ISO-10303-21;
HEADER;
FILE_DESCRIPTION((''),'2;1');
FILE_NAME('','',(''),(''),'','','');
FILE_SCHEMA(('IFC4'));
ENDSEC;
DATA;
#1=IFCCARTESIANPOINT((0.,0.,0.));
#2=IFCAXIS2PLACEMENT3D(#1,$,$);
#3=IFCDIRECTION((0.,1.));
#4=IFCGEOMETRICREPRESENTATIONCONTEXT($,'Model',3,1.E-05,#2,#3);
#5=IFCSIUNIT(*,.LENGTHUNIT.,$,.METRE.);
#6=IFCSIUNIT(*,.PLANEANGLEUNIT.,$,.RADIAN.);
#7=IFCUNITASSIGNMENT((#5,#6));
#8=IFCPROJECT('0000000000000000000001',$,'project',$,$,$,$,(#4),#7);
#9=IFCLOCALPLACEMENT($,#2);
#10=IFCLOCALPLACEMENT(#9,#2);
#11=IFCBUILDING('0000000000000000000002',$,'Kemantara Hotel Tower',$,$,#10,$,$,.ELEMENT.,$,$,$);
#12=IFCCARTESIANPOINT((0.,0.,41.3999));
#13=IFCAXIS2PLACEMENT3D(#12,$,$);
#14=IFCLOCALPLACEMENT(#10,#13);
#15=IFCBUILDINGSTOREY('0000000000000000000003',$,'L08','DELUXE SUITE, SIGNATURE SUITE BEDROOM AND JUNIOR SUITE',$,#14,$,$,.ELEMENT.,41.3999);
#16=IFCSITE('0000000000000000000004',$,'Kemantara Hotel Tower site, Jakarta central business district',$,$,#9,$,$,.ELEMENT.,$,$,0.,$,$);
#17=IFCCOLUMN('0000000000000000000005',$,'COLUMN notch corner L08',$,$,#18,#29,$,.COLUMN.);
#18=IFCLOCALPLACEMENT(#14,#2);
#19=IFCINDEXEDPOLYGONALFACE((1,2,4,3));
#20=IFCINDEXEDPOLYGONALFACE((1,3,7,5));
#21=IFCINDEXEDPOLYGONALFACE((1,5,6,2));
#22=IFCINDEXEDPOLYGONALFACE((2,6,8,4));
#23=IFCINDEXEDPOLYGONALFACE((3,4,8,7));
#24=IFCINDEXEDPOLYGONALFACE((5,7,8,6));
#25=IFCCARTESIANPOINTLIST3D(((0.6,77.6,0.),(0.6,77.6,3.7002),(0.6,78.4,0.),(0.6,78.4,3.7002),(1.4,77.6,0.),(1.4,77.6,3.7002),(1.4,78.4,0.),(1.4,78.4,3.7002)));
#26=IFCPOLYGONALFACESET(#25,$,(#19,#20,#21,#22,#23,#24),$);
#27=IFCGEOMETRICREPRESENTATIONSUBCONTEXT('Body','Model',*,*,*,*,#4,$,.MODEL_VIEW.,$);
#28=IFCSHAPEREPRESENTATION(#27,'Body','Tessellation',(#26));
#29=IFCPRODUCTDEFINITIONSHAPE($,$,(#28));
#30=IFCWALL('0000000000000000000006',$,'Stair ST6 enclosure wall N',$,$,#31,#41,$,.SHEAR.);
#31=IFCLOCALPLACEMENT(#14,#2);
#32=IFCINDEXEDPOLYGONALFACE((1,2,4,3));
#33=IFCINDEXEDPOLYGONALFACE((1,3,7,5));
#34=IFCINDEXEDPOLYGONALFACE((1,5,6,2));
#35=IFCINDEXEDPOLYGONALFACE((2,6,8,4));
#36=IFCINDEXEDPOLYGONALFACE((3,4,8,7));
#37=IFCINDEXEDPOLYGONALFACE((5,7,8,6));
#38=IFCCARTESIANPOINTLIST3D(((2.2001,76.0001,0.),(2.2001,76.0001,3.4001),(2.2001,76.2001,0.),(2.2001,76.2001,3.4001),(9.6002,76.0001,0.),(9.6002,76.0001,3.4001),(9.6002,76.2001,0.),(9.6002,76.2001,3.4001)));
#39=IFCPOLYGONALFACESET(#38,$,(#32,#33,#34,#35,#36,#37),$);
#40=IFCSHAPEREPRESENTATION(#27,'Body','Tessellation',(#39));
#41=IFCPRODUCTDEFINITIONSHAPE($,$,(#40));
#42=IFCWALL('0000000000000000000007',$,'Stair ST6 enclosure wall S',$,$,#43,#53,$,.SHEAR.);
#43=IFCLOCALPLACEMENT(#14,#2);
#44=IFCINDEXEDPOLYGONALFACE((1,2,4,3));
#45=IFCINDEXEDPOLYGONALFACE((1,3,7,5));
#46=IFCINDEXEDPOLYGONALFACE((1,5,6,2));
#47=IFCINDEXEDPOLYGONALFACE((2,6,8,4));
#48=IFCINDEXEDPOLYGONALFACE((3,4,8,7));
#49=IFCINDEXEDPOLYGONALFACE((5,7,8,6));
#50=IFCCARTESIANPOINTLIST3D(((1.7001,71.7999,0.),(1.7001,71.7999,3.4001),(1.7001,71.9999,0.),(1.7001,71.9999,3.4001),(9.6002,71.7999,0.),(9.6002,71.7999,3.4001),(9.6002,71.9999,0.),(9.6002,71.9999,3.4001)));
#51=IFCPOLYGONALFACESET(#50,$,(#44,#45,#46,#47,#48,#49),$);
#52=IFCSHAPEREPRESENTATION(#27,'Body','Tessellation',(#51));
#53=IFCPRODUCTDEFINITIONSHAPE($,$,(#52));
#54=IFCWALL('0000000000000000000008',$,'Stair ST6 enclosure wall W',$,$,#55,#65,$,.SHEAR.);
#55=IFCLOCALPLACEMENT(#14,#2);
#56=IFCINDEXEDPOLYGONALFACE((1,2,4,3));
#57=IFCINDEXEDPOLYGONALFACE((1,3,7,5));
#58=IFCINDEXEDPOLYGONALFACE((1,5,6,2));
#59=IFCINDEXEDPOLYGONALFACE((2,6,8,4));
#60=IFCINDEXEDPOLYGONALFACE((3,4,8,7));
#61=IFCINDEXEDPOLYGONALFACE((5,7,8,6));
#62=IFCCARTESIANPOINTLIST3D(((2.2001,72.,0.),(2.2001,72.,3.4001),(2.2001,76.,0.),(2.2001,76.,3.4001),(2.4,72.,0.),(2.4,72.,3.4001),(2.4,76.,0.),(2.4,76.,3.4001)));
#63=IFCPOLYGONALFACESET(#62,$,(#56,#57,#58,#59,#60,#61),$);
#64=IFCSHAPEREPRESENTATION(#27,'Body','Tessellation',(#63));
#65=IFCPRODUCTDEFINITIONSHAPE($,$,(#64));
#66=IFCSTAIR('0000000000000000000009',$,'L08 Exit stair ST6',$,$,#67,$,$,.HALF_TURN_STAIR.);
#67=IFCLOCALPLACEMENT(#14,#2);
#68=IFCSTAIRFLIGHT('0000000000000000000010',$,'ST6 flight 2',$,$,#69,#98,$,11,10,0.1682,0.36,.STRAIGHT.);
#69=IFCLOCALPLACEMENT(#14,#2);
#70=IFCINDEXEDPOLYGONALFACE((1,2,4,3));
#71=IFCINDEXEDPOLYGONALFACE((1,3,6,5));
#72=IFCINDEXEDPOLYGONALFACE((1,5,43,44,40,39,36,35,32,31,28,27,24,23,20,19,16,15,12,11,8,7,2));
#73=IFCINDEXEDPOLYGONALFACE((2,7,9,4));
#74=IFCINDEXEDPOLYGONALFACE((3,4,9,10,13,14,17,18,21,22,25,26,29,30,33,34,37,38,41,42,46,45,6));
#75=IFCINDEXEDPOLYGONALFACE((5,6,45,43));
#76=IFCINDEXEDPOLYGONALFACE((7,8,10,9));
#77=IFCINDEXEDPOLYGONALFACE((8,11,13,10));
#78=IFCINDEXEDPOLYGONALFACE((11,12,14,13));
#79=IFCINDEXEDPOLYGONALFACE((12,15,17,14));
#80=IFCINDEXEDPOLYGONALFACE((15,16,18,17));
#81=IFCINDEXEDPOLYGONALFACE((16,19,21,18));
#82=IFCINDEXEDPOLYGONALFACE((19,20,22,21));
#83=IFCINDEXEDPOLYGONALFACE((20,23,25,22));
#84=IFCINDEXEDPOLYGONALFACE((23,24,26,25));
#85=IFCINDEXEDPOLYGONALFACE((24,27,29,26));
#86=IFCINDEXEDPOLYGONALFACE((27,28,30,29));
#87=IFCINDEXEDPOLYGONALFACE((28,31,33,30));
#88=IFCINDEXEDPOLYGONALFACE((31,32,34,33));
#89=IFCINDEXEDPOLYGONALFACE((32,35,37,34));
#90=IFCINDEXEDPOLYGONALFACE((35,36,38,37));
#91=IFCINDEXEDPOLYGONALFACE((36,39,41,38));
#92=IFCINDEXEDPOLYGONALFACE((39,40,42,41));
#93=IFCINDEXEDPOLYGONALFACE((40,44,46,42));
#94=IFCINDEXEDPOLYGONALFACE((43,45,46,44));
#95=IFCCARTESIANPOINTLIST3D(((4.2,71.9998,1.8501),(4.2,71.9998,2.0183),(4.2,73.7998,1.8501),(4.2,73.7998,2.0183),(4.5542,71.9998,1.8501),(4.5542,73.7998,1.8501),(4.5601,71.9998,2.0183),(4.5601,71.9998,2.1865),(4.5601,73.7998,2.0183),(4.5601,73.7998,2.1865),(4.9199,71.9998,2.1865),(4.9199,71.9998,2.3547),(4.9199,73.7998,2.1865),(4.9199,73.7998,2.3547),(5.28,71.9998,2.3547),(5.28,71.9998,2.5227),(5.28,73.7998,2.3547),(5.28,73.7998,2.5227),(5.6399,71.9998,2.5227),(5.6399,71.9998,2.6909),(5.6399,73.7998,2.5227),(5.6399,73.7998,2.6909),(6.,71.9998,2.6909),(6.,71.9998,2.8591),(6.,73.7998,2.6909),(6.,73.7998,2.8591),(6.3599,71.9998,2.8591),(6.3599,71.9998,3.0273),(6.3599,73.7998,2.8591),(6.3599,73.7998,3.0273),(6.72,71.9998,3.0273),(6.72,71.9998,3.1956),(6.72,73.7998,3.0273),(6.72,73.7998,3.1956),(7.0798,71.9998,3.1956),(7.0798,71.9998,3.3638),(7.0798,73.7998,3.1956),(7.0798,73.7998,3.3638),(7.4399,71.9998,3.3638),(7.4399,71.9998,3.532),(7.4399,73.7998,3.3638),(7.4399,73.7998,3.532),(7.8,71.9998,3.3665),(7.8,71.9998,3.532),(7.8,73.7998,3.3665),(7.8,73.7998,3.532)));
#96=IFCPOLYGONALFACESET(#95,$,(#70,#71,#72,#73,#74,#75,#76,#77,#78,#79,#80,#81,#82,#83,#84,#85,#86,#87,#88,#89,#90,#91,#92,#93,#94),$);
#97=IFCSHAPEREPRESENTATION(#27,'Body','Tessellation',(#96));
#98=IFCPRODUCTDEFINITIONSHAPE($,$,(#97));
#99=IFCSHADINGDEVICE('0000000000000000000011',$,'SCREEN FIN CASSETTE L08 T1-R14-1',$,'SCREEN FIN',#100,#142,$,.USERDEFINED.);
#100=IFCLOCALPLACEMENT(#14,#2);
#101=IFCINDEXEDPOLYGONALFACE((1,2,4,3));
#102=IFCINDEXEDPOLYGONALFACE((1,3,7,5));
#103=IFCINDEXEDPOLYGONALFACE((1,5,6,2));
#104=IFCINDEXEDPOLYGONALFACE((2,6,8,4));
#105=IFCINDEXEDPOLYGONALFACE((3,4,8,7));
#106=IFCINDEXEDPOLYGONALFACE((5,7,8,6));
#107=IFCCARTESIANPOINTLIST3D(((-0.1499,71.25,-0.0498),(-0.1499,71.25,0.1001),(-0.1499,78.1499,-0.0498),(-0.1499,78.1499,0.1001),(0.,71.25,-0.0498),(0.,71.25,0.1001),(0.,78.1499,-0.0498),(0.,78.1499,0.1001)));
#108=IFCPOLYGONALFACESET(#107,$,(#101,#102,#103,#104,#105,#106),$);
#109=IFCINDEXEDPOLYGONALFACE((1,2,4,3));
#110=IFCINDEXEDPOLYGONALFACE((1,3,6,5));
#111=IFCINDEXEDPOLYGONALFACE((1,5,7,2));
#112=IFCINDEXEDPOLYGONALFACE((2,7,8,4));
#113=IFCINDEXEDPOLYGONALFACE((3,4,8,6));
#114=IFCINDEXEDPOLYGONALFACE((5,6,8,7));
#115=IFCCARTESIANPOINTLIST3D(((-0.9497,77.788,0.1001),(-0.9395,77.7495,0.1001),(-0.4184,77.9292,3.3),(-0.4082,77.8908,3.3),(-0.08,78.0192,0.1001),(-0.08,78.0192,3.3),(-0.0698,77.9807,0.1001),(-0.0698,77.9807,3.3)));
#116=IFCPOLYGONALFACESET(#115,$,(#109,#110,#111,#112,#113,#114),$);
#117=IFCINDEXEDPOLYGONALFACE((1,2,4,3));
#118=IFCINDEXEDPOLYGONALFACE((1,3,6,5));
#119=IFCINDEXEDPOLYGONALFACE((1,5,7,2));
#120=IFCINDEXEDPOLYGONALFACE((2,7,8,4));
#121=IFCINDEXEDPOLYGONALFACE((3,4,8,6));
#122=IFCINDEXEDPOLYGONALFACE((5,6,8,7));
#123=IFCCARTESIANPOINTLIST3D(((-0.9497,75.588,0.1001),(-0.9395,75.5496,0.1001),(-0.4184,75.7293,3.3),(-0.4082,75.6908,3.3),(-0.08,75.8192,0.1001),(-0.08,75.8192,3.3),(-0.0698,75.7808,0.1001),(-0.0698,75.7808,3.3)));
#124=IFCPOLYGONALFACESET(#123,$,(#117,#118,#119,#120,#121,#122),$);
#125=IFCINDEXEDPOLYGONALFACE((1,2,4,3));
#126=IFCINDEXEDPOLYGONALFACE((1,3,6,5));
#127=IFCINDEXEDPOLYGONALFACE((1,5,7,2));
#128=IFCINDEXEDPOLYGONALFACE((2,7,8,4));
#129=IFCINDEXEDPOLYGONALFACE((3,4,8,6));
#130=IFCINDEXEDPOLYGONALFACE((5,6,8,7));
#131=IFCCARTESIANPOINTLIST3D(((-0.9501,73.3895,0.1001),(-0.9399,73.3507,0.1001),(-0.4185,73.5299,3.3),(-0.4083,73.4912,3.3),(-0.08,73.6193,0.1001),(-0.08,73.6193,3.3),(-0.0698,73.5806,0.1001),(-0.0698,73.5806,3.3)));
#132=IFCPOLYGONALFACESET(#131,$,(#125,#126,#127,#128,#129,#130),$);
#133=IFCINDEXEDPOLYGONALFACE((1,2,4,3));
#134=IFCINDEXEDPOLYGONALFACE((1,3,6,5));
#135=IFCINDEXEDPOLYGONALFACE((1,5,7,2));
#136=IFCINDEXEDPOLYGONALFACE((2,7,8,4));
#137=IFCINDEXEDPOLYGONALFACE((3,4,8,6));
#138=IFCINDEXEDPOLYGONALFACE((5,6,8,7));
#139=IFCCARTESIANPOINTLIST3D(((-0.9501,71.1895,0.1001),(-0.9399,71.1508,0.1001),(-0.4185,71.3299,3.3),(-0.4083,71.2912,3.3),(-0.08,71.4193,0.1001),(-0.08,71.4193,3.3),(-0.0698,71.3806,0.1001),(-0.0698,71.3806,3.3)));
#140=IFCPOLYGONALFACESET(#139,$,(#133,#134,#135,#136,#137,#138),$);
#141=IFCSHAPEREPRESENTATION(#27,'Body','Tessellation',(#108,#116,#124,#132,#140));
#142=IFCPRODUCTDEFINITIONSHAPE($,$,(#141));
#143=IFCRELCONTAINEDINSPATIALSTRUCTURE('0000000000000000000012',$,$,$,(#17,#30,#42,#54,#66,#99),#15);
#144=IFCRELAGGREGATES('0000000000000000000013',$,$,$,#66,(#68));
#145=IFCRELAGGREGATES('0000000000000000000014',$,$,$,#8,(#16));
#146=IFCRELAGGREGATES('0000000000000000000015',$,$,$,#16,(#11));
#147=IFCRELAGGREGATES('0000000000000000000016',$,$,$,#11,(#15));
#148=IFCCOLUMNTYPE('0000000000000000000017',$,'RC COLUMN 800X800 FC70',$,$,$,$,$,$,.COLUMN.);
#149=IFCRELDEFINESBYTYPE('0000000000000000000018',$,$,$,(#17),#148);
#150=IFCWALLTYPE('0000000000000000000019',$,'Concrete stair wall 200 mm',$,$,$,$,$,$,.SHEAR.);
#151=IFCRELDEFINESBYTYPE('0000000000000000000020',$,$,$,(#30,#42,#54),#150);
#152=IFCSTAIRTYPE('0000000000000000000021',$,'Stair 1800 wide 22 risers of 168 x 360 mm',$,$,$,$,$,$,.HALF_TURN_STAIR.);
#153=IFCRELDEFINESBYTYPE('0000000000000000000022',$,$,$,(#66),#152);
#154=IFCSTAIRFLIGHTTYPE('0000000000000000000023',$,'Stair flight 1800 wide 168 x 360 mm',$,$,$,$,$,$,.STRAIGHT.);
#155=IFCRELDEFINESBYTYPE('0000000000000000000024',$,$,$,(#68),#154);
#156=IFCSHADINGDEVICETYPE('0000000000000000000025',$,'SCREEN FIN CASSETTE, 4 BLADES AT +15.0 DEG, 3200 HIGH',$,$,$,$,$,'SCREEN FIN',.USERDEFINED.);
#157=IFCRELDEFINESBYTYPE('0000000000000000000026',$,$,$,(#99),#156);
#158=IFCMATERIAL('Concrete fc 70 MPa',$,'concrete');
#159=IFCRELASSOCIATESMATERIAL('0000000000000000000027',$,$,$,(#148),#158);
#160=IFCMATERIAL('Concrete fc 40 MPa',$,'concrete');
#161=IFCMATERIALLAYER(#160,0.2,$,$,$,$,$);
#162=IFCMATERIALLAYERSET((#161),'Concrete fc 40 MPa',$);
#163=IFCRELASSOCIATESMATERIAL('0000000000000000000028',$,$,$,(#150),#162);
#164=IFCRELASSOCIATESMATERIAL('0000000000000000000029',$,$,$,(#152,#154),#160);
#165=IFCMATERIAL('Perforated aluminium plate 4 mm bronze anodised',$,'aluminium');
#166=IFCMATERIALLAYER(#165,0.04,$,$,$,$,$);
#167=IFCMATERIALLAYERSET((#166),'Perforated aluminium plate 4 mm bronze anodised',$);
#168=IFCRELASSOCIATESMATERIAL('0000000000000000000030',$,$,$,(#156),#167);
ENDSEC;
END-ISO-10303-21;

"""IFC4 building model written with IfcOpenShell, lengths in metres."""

from ifc_helpers import new_model, si_unit, direction, frame, frame_2d, origin, origin_2d, place, context, subcontext, project, spatial, polyline, rectangle, outline, extrude, source, transform, mapped, material, layer, layer_set, material_profile, profile_set, type_object, element, aggregate, save


model = new_model("IFC4")

# Units and contexts
model_context = context("Model", 3, precision=1e-05, world=origin(), true_north=direction((0.0, 1.0)))
body_context = subcontext(model_context, "Body", "Model", "MODEL_VIEW")
ifc_project = project(units=[si_unit("LENGTHUNIT", "METRE"), si_unit("PLANEANGLEUNIT", "RADIAN")], contexts=[model_context])

# Site, building, storey
site_placement = place(None, origin())
site = spatial("IfcSite", under=ifc_project, at=site_placement, Name="Kemantara Hotel Tower site, Jakarta central business district", CompositionType="ELEMENT", RefElevation=0.0)
building_placement = place(site_placement, origin())
building = spatial("IfcBuilding", under=site, at=building_placement, Name="Kemantara Hotel Tower", CompositionType="ELEMENT")
storey_placement = place(building_placement, frame((0.0, 0.0, 41.3999)))
storey = spatial("IfcBuildingStorey", under=building, at=storey_placement, Name="L08", Description="DELUXE SUITE, SIGNATURE SUITE BEDROOM AND JUNIOR SUITE", CompositionType="ELEMENT", Elevation=41.3999)

# Column
ifc_material_1 = material(Name="Concrete fc 70 MPa", Category="concrete")
ifc_material_profile = material_profile(ifc_material_1, rectangle(XDim=0.8, YDim=0.8, at=origin_2d()), Name="RC 800X800")
ifc_profile_set = profile_set([ifc_material_profile], Name="Concrete fc 70 MPa")
column_type = type_object("IfcColumnType", Name="RC COLUMN 800X800 FC70", PredefinedType="COLUMN", material=ifc_profile_set)
column_placement = place(storey_placement, frame((1.0, 78.0, 0.0), z_axis=(0.0, 0.0, 1.0), x_axis=(1.0, 0.0, 0.0)))
element("IfcColumn", 1, at=column_placement, inside=storey, type_object=column_type, Name="COLUMN notch corner L08", PredefinedType="COLUMN", context=body_context, shape_type="SweptSolid", body=[
    extrude(rectangle(XDim=0.8, YDim=0.8, at=origin_2d()), origin(), (0.0, 0.0, 1.0), 3.7002),
])

# Walls
ifc_material_2 = material(Name="Concrete fc 40 MPa", Category="concrete")
ifc_layer_1 = layer(ifc_material_2, 0.2)
ifc_layer_set_1 = layer_set([ifc_layer_1], Name="Concrete fc 40 MPa")
wall_type = type_object("IfcWallType", Name="Concrete stair wall 200 mm", PredefinedType="SHEAR", material=ifc_layer_set_1)
wall_1_placement = place(storey_placement, frame((2.2, 76.1001, 0.0), z_axis=(0.0, 0.0, 1.0), x_axis=(1.0, 0.0, 0.0)))
element("IfcWall", 2, at=wall_1_placement, inside=storey, type_object=wall_type, Name="Stair ST6 enclosure wall N", PredefinedType="SHEAR", context=body_context, shape_type="SweptSolid", body=[
    extrude(rectangle(XDim=7.4001, YDim=0.2, at=frame_2d((3.7002, 0.0))), origin(), (0.0, 0.0, 1.0), 3.4001),
])
wall_2_placement = place(storey_placement, frame((1.7, 71.8999, 0.0), z_axis=(0.0, 0.0, 1.0), x_axis=(1.0, 0.0, 0.0)))
element("IfcWall", 3, at=wall_2_placement, inside=storey, type_object=wall_type, Name="Stair ST6 enclosure wall S", PredefinedType="SHEAR", context=body_context, shape_type="SweptSolid", body=[
    extrude(rectangle(XDim=7.9001, YDim=0.2, at=frame_2d((3.9502, 0.0))), origin(), (0.0, 0.0, 1.0), 3.4001),
])
wall_3_placement = place(storey_placement, frame((2.3, 72.0, 0.0), z_axis=(0.0, 0.0, 1.0), x_axis=(0.0, 1.0, 0.0)))
element("IfcWall", 4, at=wall_3_placement, inside=storey, type_object=wall_type, Name="Stair ST6 enclosure wall W", PredefinedType="SHEAR", context=body_context, shape_type="SweptSolid", body=[
    extrude(rectangle(XDim=4.0, YDim=0.2, at=frame_2d((2.0, 0.0))), origin(), (0.0, 0.0, 1.0), 3.4001),
])

# Stair, stair flight
stair_type = type_object("IfcStairType", Name="Stair 1800 wide 22 risers of 168 x 360 mm", PredefinedType="HALF_TURN_STAIR", material=ifc_material_2)
stair_placement = place(storey_placement, origin())
stair = element("IfcStair", 5, at=stair_placement, inside=storey, type_object=stair_type, Name="L08 Exit stair ST6", PredefinedType="HALF_TURN_STAIR")
stair_flight_type = type_object("IfcStairFlightType", Name="Stair flight 1800 wide 168 x 360 mm", PredefinedType="STRAIGHT", material=ifc_material_2)
stair_flight_placement = place(storey_placement, frame((4.2, 72.8999, 1.8501), z_axis=(0.0, 0.0, 1.0), x_axis=(1.0, 0.0, 0.0)))
stair_flight = element("IfcStairFlight", 6, at=stair_flight_placement, type_object=stair_flight_type, Name="ST6 flight 2", NumberOfRisers=11, NumberOfTreads=10, PredefinedType="STRAIGHT", RiserHeight=0.1682, TreadLength=0.36, context=body_context, shape_type="SweptSolid", body=[
    extrude(outline(polyline([(0.0, 0.0), (0.0, 0.1682), (0.3601, 0.1682), (0.3601, 0.3364), (0.72, 0.3364), (0.72, 0.5046), (1.0801, 0.5046), (1.0801, 0.6726), (1.4399, 0.6726), (1.4399, 0.8408), (1.8, 0.8408), (1.8, 1.009), (2.1599, 1.009), (2.1599, 1.1772), (2.52, 1.1772), (2.52, 1.3455), (2.8799, 1.3455), (2.8799, 1.5137), (3.24, 1.5137), (3.24, 1.6819), (3.6001, 1.6819), (3.6001, 1.8501), (3.6001, 1.5164), (0.3542, 0.0), (0.0, 0.0)])), frame((0.0, 0.8999, 0.0), z_axis=(0.0, -1.0, 0.0), x_axis=(1.0, 0.0, 0.0)), (0.0, 0.0, 1.0), 1.8),
])
aggregate(stair, [stair_flight])

# Shading device
ifc_material_3 = material(Name="Perforated aluminium plate 4 mm bronze anodised", Category="aluminium")
ifc_layer_2 = layer(ifc_material_3, 0.04)
ifc_layer_set_2 = layer_set([ifc_layer_2], Name="Perforated aluminium plate 4 mm bronze anodised")
shading_device_type = type_object("IfcShadingDeviceType", Name="SCREEN FIN CASSETTE, 4 BLADES AT +15.0 DEG, 3200 HIGH", ElementType="SCREEN FIN", PredefinedType="USERDEFINED", material=ifc_layer_set_2)
shared_shape = source(origin(), body_context, "Body", "SweptSolid", [
    extrude(rectangle(XDim=6.8999, YDim=0.1499, at=origin_2d()), frame((3.3, -0.075, -0.1499), z_axis=(0.0, 0.0, 1.0), x_axis=(1.0, 0.0, 0.0)), (0.0, 0.0, 1.0), 0.1499),
    extrude(outline(polyline([(0.0, 0.0), (0.8999, 0.0), (0.3501, 3.2), (0.0, 3.2), (0.0, 0.0)])), frame((0.0193, -0.0698, 0.0), z_axis=(-0.966438, -0.256901, 0.0), x_axis=(0.256901, -0.966438, 0.0)), (0.0, 0.0, 1.0), 0.0398),
    extrude(outline(polyline([(0.0, 0.0), (0.8999, 0.0), (0.3501, 3.2), (0.0, 3.2), (0.0, 0.0)])), frame((2.2192, -0.0698, 0.0), z_axis=(-0.966438, -0.256901, 0.0), x_axis=(0.256901, -0.966438, 0.0)), (0.0, 0.0, 1.0), 0.0398),
    extrude(outline(polyline([(0.0, 0.0), (0.8999, 0.0), (0.3501, 3.2), (0.0, 3.2), (0.0, 0.0)])), frame((4.4194, -0.0698, 0.0), z_axis=(-0.966838, -0.255391, 0.0), x_axis=(0.255391, -0.966838, 0.0)), (0.0, 0.0, 1.0), 0.04),
    extrude(outline(polyline([(0.0, 0.0), (0.8999, 0.0), (0.3501, 3.2), (0.0, 3.2), (0.0, 0.0)])), frame((6.6194, -0.0698, 0.0), z_axis=(-0.966838, -0.255391, 0.0), x_axis=(0.255391, -0.966838, 0.0)), (0.0, 0.0, 1.0), 0.04),
])
shading_device_placement = place(storey_placement, frame((0.0, 78.0, 0.1001), z_axis=(0.0, 0.0, 1.0), x_axis=(0.0, -1.0, 0.0)))
element("IfcShadingDevice", 7, at=shading_device_placement, inside=storey, type_object=shading_device_type, Name="SCREEN FIN CASSETTE L08 T1-R14-1", ObjectType="SCREEN FIN", PredefinedType="USERDEFINED", context=body_context, shape_type="MappedRepresentation", body=[
    mapped(shared_shape, transform((0.0, 0.0, 0.0))),
])

save(model, "model.ifc")
